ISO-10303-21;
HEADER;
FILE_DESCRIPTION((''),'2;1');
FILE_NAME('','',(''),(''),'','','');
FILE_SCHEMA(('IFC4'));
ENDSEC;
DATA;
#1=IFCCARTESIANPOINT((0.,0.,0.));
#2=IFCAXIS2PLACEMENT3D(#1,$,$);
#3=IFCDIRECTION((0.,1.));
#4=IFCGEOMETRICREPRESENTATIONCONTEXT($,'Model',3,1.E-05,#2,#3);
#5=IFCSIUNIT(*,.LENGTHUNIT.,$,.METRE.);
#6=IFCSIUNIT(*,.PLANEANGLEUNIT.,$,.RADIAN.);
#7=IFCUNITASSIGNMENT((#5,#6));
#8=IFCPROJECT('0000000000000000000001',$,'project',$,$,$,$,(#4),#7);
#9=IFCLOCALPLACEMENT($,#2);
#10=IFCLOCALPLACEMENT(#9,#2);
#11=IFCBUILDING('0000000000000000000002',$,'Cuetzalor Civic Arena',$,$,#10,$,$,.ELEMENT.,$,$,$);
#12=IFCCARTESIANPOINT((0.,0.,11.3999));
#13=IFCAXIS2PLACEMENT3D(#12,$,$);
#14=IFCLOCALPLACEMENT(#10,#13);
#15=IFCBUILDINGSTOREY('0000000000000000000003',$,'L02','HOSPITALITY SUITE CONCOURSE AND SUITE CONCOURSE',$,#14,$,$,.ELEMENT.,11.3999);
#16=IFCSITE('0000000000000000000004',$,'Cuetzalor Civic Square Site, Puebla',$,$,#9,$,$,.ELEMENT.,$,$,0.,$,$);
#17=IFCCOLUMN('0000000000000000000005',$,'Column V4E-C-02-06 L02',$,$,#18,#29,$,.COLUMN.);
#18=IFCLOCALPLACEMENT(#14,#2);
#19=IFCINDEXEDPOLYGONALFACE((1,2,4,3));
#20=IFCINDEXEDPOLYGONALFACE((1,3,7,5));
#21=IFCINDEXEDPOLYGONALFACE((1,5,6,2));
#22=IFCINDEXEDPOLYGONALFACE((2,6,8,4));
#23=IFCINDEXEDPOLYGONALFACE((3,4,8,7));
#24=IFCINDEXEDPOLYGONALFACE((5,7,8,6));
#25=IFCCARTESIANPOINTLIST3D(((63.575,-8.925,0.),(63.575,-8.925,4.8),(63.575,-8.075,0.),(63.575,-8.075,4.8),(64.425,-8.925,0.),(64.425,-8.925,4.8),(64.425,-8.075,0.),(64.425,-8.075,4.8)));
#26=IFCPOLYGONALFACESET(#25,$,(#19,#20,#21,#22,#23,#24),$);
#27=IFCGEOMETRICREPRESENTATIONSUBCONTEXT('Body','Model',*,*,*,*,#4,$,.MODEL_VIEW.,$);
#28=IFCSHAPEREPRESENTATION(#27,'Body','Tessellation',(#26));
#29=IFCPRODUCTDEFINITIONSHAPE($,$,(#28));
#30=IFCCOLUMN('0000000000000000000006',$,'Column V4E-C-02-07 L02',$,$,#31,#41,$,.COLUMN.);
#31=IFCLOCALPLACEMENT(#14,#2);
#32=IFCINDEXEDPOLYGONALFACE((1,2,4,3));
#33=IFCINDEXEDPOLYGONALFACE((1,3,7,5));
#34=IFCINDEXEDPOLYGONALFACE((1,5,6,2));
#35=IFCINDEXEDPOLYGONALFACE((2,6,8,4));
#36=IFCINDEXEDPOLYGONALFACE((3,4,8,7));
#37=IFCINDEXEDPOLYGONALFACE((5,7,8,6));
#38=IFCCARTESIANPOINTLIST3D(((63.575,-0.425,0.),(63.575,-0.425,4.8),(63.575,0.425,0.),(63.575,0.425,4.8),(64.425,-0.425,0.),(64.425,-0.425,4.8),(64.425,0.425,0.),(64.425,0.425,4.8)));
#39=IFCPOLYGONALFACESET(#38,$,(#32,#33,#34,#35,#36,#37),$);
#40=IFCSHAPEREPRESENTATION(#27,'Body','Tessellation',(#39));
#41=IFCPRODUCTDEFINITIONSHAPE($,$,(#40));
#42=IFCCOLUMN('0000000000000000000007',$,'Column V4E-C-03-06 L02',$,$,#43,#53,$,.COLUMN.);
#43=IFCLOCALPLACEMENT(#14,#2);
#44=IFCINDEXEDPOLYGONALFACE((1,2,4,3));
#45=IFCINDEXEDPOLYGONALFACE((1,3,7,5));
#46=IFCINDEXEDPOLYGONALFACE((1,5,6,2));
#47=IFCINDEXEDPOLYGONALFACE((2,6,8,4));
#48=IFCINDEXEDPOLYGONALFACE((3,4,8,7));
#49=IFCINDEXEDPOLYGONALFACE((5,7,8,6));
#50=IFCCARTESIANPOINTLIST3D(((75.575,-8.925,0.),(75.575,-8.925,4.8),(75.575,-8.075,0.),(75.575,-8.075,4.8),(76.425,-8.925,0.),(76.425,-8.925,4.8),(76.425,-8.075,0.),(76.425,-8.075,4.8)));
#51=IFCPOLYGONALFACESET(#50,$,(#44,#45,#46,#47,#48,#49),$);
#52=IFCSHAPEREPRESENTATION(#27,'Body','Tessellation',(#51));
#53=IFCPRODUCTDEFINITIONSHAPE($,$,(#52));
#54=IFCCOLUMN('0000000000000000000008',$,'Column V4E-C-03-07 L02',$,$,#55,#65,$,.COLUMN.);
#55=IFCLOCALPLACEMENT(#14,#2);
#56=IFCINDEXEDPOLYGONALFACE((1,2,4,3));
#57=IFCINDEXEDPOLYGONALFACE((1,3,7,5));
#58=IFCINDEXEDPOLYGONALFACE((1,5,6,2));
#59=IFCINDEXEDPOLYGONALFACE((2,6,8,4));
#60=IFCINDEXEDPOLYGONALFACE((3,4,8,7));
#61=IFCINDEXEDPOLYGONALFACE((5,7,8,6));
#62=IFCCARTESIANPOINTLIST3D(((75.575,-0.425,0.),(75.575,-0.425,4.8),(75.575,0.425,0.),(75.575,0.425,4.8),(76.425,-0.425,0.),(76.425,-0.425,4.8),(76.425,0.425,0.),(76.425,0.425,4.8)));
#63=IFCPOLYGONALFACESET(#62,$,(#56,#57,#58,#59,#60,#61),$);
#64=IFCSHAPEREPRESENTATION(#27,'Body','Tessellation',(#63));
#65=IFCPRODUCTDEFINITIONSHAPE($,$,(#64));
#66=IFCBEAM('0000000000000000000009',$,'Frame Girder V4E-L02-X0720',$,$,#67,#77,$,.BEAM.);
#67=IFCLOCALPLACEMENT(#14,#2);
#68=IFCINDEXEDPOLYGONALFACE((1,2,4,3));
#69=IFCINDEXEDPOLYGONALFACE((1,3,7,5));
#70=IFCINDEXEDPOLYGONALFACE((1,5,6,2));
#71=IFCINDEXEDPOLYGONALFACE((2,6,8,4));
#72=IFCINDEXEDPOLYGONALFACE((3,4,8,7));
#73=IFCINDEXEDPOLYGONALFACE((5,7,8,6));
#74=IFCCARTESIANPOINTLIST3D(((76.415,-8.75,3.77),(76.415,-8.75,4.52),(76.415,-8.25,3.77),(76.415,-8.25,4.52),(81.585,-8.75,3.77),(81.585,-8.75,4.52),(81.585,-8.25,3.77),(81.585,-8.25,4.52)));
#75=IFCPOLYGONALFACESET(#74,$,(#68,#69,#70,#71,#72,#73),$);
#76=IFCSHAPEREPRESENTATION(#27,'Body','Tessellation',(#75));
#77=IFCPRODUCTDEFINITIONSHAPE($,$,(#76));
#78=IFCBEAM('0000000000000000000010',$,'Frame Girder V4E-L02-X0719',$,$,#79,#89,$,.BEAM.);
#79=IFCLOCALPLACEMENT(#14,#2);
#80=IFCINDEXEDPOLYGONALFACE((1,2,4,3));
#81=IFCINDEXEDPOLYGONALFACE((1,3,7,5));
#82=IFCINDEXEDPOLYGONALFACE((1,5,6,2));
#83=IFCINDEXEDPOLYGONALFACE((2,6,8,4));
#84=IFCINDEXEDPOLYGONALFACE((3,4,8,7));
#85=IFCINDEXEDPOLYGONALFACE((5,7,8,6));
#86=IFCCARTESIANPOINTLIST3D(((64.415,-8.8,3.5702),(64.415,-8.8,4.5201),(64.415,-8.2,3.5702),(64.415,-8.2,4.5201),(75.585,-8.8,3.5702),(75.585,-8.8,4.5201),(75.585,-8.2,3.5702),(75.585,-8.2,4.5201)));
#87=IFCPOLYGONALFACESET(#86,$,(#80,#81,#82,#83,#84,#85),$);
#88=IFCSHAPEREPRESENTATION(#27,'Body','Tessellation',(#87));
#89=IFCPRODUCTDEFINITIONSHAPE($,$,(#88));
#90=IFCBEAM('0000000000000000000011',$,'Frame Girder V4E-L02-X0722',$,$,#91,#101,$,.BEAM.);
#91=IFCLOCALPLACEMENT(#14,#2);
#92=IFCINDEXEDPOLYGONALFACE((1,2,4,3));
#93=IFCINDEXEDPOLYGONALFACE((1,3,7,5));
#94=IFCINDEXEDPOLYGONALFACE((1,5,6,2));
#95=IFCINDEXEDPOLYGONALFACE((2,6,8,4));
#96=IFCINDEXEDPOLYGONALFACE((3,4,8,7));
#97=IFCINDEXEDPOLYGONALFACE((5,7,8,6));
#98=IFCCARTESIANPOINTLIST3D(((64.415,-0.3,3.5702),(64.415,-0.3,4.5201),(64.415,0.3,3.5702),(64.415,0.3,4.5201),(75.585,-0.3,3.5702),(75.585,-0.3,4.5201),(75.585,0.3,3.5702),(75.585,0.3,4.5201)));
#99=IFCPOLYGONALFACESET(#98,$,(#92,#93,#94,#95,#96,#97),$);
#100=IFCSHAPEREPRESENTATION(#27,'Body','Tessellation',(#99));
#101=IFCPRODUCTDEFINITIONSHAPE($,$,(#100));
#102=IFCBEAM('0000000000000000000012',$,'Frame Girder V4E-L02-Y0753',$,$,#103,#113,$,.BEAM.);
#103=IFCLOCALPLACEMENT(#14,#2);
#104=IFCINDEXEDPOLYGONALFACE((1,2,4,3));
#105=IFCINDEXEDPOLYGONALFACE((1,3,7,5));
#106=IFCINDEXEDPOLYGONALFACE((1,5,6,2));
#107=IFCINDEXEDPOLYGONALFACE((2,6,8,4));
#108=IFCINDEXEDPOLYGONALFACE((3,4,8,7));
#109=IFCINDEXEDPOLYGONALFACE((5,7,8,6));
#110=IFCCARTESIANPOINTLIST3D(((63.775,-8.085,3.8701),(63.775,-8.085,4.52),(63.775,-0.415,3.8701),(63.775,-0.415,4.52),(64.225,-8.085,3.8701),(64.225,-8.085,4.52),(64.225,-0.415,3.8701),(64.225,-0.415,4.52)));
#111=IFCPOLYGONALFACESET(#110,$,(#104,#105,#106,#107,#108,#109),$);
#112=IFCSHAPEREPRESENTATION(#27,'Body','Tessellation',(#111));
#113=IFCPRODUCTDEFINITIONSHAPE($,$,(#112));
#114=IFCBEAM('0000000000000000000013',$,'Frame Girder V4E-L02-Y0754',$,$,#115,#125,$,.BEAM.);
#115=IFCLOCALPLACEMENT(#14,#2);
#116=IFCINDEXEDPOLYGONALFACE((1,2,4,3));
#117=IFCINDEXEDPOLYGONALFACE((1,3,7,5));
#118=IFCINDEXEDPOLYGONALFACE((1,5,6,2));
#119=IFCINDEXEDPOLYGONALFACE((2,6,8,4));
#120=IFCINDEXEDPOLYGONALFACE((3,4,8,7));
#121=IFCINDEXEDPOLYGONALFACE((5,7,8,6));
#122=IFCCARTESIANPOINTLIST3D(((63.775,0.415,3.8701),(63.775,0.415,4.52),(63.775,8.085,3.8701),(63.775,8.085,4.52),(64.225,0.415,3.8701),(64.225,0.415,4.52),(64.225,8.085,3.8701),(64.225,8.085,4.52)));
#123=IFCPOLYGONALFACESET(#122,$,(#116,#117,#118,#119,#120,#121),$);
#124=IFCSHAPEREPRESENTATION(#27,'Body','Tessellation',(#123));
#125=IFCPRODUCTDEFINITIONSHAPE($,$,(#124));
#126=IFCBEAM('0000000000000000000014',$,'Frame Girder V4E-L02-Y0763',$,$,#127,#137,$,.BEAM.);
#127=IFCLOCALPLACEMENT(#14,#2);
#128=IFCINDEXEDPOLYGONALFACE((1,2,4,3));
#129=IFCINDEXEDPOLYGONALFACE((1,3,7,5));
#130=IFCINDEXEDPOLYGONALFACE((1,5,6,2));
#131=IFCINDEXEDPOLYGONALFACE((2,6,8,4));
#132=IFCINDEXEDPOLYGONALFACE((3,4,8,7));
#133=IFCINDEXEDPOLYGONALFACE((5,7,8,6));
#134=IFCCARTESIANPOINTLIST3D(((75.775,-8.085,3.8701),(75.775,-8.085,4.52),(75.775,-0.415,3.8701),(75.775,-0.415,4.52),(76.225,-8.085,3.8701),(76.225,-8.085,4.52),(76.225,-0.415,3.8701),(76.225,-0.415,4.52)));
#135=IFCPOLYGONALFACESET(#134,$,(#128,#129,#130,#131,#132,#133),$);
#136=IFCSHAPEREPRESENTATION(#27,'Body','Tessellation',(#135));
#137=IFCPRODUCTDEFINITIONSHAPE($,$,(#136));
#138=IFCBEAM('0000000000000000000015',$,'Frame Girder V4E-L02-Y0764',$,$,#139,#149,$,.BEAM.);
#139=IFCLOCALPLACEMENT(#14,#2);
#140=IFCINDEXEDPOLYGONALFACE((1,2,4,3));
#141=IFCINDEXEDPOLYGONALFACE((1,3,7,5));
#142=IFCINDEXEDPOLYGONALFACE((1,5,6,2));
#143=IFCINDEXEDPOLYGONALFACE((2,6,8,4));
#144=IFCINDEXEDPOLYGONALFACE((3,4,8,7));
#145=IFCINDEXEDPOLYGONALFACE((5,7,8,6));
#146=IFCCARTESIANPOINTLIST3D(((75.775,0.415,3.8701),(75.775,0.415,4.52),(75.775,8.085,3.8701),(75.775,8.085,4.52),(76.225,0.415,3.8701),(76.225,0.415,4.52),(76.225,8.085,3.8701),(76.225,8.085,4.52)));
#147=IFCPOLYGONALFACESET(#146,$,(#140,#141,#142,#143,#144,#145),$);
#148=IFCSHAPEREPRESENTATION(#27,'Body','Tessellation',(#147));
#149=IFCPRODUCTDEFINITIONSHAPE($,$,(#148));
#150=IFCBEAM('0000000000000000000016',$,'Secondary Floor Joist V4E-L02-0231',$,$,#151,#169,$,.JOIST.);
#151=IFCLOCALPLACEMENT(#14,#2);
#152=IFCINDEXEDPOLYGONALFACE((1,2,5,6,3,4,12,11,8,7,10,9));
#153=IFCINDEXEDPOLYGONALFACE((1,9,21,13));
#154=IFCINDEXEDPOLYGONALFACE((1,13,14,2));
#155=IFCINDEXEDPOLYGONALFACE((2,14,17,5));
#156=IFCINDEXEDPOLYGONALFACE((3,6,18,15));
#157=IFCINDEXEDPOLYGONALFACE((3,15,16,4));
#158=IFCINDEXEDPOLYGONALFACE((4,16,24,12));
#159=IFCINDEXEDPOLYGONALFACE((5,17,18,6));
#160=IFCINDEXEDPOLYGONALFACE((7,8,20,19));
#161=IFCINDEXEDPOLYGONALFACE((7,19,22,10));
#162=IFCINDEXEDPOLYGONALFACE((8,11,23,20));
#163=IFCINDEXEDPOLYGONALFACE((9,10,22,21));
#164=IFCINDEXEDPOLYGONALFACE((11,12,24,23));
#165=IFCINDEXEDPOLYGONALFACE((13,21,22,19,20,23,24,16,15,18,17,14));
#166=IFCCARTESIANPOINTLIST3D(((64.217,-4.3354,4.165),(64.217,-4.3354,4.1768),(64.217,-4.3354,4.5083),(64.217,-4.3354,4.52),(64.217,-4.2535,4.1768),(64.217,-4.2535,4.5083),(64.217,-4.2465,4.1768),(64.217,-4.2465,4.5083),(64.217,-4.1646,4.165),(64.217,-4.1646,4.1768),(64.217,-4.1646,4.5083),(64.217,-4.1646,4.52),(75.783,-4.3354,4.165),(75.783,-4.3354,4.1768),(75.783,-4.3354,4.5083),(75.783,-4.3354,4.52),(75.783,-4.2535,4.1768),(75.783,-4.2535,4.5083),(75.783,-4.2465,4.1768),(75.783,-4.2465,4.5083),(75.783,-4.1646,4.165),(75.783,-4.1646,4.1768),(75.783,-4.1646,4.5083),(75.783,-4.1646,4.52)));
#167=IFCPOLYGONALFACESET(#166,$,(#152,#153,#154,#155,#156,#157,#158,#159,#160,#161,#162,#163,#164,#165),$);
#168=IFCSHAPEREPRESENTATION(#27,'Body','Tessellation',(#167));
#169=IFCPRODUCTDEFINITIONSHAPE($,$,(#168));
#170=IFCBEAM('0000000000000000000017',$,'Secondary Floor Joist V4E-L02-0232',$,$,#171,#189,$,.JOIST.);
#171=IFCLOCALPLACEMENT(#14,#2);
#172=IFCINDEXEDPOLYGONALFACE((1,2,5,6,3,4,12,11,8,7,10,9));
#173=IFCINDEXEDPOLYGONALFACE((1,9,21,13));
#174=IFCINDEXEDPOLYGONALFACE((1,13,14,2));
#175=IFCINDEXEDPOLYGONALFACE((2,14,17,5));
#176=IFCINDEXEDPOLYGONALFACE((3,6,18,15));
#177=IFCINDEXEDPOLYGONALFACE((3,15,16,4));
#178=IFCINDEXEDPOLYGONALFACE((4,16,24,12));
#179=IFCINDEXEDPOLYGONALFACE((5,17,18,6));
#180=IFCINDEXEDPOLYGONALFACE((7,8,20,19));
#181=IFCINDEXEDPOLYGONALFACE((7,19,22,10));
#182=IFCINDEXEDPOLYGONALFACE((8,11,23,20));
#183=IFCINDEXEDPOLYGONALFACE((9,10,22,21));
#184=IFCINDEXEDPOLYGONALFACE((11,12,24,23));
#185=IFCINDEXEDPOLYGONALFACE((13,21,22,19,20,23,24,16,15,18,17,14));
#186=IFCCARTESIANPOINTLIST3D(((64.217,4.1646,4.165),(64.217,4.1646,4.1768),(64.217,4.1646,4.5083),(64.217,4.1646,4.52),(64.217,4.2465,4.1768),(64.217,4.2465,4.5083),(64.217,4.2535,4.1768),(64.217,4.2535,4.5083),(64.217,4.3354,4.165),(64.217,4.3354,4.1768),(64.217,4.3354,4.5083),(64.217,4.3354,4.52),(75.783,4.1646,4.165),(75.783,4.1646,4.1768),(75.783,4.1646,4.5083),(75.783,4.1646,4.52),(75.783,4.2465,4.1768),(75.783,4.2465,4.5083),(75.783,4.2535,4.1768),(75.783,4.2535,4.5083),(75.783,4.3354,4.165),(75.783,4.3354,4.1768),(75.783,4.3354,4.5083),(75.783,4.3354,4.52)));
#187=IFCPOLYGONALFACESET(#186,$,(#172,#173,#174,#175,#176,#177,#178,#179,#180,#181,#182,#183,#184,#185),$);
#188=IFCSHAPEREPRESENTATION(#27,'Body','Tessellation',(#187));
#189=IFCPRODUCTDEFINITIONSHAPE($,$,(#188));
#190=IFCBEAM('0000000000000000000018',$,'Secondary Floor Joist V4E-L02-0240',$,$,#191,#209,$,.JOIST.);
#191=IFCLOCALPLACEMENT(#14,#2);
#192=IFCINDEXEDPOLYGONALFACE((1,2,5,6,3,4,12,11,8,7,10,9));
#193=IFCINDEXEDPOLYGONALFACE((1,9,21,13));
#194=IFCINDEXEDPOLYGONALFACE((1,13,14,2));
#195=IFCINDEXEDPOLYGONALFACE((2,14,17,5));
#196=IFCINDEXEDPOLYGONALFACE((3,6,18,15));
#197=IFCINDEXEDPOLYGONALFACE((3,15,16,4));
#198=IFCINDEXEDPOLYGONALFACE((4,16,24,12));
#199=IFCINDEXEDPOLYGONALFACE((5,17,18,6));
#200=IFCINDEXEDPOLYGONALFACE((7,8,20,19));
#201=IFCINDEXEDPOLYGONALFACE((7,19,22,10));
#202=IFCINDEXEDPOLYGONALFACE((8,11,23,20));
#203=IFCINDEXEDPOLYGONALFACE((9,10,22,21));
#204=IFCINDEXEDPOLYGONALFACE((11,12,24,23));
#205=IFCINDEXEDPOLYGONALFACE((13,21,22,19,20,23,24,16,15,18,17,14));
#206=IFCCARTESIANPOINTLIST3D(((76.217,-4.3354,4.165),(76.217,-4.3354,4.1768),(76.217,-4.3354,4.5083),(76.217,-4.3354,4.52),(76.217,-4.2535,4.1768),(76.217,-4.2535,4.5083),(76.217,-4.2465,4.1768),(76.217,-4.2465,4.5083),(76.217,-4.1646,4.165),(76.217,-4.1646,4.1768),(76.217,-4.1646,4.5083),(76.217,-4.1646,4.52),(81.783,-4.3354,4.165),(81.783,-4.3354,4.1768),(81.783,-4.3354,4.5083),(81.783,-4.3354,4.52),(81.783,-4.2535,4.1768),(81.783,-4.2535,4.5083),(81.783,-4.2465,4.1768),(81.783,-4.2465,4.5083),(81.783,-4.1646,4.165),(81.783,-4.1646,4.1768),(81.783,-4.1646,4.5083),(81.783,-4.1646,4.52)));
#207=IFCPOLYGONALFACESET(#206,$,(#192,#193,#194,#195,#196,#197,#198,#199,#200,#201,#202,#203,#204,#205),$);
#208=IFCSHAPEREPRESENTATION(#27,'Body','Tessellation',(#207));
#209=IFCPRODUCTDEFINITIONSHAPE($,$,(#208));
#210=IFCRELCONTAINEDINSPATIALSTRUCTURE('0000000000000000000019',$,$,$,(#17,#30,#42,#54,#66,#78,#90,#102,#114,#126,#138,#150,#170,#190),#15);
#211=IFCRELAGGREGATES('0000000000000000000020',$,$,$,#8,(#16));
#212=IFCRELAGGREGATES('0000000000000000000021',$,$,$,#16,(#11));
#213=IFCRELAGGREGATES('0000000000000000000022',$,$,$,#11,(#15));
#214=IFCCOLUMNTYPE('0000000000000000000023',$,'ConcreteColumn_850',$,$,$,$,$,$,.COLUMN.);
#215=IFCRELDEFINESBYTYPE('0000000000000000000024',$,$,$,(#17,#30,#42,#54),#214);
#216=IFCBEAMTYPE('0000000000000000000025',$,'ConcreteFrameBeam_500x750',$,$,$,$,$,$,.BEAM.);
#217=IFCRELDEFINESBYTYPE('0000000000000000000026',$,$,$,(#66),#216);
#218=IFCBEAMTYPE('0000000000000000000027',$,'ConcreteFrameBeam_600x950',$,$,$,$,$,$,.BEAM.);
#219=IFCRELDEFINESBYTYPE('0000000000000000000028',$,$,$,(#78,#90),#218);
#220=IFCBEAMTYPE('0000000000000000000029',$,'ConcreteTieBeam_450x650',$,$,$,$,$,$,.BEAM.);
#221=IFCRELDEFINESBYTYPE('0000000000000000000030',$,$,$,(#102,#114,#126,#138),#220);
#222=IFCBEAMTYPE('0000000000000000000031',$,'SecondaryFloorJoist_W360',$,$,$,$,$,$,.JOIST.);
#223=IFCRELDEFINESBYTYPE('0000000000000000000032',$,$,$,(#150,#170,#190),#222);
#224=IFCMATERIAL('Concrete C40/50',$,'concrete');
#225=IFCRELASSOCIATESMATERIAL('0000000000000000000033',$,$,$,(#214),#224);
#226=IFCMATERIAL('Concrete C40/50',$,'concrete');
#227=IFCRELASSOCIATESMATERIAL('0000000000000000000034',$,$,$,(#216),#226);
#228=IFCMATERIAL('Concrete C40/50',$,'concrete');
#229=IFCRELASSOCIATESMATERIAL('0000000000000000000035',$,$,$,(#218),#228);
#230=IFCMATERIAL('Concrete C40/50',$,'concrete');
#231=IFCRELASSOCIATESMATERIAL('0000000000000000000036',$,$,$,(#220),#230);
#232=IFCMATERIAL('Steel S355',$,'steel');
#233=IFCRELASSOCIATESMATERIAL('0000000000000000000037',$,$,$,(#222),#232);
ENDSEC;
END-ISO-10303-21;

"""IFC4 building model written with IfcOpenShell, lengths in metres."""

from ifc_helpers import new_model, si_unit, direction, frame, origin, origin_2d, place, context, subcontext, project, spatial, rectangle, i_section, extrude, material, material_profile, profile_set, type_object, element, save


model = new_model("IFC4")

# Units and contexts
model_context = context("Model", 3, precision=1e-05, world=origin(), true_north=direction((0.0, 1.0)))
body_context = subcontext(model_context, "Body", "Model", "MODEL_VIEW")
ifc_project = project(units=[si_unit("LENGTHUNIT", "METRE"), si_unit("PLANEANGLEUNIT", "RADIAN")], contexts=[model_context])

# Site, building, storey
site_placement = place(None, origin())
site = spatial("IfcSite", under=ifc_project, at=site_placement, Name="Cuetzalor Civic Square Site, Puebla", CompositionType="ELEMENT", RefElevation=0.0)
building_placement = place(site_placement, origin())
building = spatial("IfcBuilding", under=site, at=building_placement, Name="Cuetzalor Civic Arena", CompositionType="ELEMENT")
storey_placement = place(building_placement, frame((0.0, 0.0, 11.3999)))
storey = spatial("IfcBuildingStorey", under=building, at=storey_placement, Name="L02", Description="HOSPITALITY SUITE CONCOURSE AND SUITE CONCOURSE", CompositionType="ELEMENT", Elevation=11.3999)

# Columns
ifc_material_1 = material(Name="Concrete C40/50", Category="concrete")
ifc_material_profile_1 = material_profile(ifc_material_1, rectangle(XDim=0.8501, YDim=0.8501, at=origin_2d()), Name="RC 850x850")
ifc_profile_set_1 = profile_set([ifc_material_profile_1], Name="Concrete C40/50")
column_type = type_object("IfcColumnType", Name="ConcreteColumn_850", PredefinedType="COLUMN", material=ifc_profile_set_1)
for number, where, z_axis, x_axis, name in (
    (1, (64.0, -8.5, 0.0), (0.0, 0.0, 1.0), (1.0, 0.0, 0.0), "Column V4E-C-02-06 L02"),
    (2, (64.0, 0.0, 0.0), (0.0, 0.0, 1.0), (1.0, 0.0, 0.0), "Column V4E-C-02-07 L02"),
    (3, (76.0, -8.5, 0.0), (0.0, 0.0, 1.0), (1.0, 0.0, 0.0), "Column V4E-C-03-06 L02"),
    (4, (76.0, 0.0, 0.0), (0.0, 0.0, 1.0), (1.0, 0.0, 0.0), "Column V4E-C-03-07 L02"),
):
    element("IfcColumn", number, at=place(storey_placement, frame(where, z_axis=z_axis, x_axis=x_axis)), inside=storey, type_object=column_type, Name=name, PredefinedType="COLUMN", context=body_context, shape_type="SweptSolid", body=[
        extrude(rectangle(XDim=0.8501, YDim=0.8501, at=origin_2d()), origin(), (0.0, 0.0, 1.0), 4.8),
    ])

# Beams
ifc_material_2 = material(Name="Concrete C40/50", Category="concrete")
ifc_material_profile_2 = material_profile(ifc_material_2, rectangle(XDim=0.5, YDim=0.75, at=origin_2d()), Name="RC 500x750")
ifc_profile_set_2 = profile_set([ifc_material_profile_2], Name="Concrete C40/50")
beam_type_1 = type_object("IfcBeamType", Name="ConcreteFrameBeam_500x750", PredefinedType="BEAM", material=ifc_profile_set_2)
beam_placement = place(storey_placement, frame((76.415, -8.5, 4.145), z_axis=(1.0, 0.0, 0.0), x_axis=(0.0, 1.0, 0.0)))
element("IfcBeam", 5, at=beam_placement, inside=storey, type_object=beam_type_1, Name="Frame Girder V4E-L02-X0720", PredefinedType="BEAM", context=body_context, shape_type="SweptSolid", body=[
    extrude(rectangle(XDim=0.5, YDim=0.75, at=origin_2d()), origin(), (0.0, 0.0, 1.0), 5.1699),
])
ifc_material_3 = material(Name="Concrete C40/50", Category="concrete")
ifc_material_profile_3 = material_profile(ifc_material_3, rectangle(XDim=0.6001, YDim=0.95, at=origin_2d()), Name="RC 600x950")
ifc_profile_set_3 = profile_set([ifc_material_profile_3], Name="Concrete C40/50")
beam_type_2 = type_object("IfcBeamType", Name="ConcreteFrameBeam_600x950", PredefinedType="BEAM", material=ifc_profile_set_3)
for number, where, z_axis, x_axis, name in (
    (6, (64.415, -8.5, 4.0452), (1.0, 0.0, 0.0), (0.0, 1.0, 0.0), "Frame Girder V4E-L02-X0719"),
    (7, (64.415, 0.0, 4.0452), (1.0, 0.0, 0.0), (0.0, 1.0, 0.0), "Frame Girder V4E-L02-X0722"),
):
    element("IfcBeam", number, at=place(storey_placement, frame(where, z_axis=z_axis, x_axis=x_axis)), inside=storey, type_object=beam_type_2, Name=name, PredefinedType="BEAM", context=body_context, shape_type="SweptSolid", body=[
        extrude(rectangle(XDim=0.6001, YDim=0.95, at=origin_2d()), origin(), (0.0, 0.0, 1.0), 11.1699),
    ])
ifc_material_4 = material(Name="Concrete C40/50", Category="concrete")
ifc_material_profile_4 = material_profile(ifc_material_4, rectangle(XDim=0.45, YDim=0.6499, at=origin_2d()), Name="RC 450x650")
ifc_profile_set_4 = profile_set([ifc_material_profile_4], Name="Concrete C40/50")
beam_type_3 = type_object("IfcBeamType", Name="ConcreteTieBeam_450x650", PredefinedType="BEAM", material=ifc_profile_set_4)
for number, where, z_axis, x_axis, name in (
    (8, (64.0, -8.085, 4.1951), (0.0, 1.0, 0.0), (-1.0, 0.0, 0.0), "Frame Girder V4E-L02-Y0753"),
    (9, (64.0, 0.415, 4.1951), (0.0, 1.0, 0.0), (-1.0, 0.0, 0.0), "Frame Girder V4E-L02-Y0754"),
    (10, (76.0, -8.085, 4.1951), (0.0, 1.0, 0.0), (-1.0, 0.0, 0.0), "Frame Girder V4E-L02-Y0763"),
    (11, (76.0, 0.415, 4.1951), (0.0, 1.0, 0.0), (-1.0, 0.0, 0.0), "Frame Girder V4E-L02-Y0764"),
):
    element("IfcBeam", number, at=place(storey_placement, frame(where, z_axis=z_axis, x_axis=x_axis)), inside=storey, type_object=beam_type_3, Name=name, PredefinedType="BEAM", context=body_context, shape_type="SweptSolid", body=[
        extrude(rectangle(XDim=0.45, YDim=0.6499, at=origin_2d()), origin(), (0.0, 0.0, 1.0), 7.6699),
    ])
ifc_material_5 = material(Name="Steel S355", Category="steel")
ifc_material_profile_5 = material_profile(ifc_material_5, i_section(OverallWidth=0.1709, OverallDepth=0.355, WebThickness=0.0071, FlangeThickness=0.0117, at=origin_2d()), Name="W360x51")
ifc_profile_set_5 = profile_set([ifc_material_profile_5], Name="Steel S355")
beam_type_4 = type_object("IfcBeamType", Name="SecondaryFloorJoist_W360", PredefinedType="JOIST", material=ifc_profile_set_5)
for number, where, z_axis, x_axis, name in (
    (12, (64.217, -4.25, 4.3425), (1.0, 0.0, 0.0), (0.0, 1.0, 0.0), "Secondary Floor Joist V4E-L02-0231"),
    (13, (64.217, 4.25, 4.3425), (1.0, 0.0, 0.0), (0.0, 1.0, 0.0), "Secondary Floor Joist V4E-L02-0232"),
):
    element("IfcBeam", number, at=place(storey_placement, frame(where, z_axis=z_axis, x_axis=x_axis)), inside=storey, type_object=beam_type_4, Name=name, PredefinedType="JOIST", context=body_context, shape_type="SweptSolid", body=[
        extrude(i_section(OverallWidth=0.1709, OverallDepth=0.355, WebThickness=0.0071, FlangeThickness=0.0117, at=origin_2d()), origin(), (0.0, 0.0, 1.0), 11.5659),
    ])
for number, where, z_axis, x_axis, name in (
    (14, (76.217, -4.25, 4.3425), (1.0, 0.0, 0.0), (0.0, 1.0, 0.0), "Secondary Floor Joist V4E-L02-0240"),
):
    element("IfcBeam", number, at=place(storey_placement, frame(where, z_axis=z_axis, x_axis=x_axis)), inside=storey, type_object=beam_type_4, Name=name, PredefinedType="JOIST", context=body_context, shape_type="SweptSolid", body=[
        extrude(i_section(OverallWidth=0.1709, OverallDepth=0.355, WebThickness=0.0071, FlangeThickness=0.0117, at=origin_2d()), origin(), (0.0, 0.0, 1.0), 5.5659),
    ])

save(model, "model.ifc")
